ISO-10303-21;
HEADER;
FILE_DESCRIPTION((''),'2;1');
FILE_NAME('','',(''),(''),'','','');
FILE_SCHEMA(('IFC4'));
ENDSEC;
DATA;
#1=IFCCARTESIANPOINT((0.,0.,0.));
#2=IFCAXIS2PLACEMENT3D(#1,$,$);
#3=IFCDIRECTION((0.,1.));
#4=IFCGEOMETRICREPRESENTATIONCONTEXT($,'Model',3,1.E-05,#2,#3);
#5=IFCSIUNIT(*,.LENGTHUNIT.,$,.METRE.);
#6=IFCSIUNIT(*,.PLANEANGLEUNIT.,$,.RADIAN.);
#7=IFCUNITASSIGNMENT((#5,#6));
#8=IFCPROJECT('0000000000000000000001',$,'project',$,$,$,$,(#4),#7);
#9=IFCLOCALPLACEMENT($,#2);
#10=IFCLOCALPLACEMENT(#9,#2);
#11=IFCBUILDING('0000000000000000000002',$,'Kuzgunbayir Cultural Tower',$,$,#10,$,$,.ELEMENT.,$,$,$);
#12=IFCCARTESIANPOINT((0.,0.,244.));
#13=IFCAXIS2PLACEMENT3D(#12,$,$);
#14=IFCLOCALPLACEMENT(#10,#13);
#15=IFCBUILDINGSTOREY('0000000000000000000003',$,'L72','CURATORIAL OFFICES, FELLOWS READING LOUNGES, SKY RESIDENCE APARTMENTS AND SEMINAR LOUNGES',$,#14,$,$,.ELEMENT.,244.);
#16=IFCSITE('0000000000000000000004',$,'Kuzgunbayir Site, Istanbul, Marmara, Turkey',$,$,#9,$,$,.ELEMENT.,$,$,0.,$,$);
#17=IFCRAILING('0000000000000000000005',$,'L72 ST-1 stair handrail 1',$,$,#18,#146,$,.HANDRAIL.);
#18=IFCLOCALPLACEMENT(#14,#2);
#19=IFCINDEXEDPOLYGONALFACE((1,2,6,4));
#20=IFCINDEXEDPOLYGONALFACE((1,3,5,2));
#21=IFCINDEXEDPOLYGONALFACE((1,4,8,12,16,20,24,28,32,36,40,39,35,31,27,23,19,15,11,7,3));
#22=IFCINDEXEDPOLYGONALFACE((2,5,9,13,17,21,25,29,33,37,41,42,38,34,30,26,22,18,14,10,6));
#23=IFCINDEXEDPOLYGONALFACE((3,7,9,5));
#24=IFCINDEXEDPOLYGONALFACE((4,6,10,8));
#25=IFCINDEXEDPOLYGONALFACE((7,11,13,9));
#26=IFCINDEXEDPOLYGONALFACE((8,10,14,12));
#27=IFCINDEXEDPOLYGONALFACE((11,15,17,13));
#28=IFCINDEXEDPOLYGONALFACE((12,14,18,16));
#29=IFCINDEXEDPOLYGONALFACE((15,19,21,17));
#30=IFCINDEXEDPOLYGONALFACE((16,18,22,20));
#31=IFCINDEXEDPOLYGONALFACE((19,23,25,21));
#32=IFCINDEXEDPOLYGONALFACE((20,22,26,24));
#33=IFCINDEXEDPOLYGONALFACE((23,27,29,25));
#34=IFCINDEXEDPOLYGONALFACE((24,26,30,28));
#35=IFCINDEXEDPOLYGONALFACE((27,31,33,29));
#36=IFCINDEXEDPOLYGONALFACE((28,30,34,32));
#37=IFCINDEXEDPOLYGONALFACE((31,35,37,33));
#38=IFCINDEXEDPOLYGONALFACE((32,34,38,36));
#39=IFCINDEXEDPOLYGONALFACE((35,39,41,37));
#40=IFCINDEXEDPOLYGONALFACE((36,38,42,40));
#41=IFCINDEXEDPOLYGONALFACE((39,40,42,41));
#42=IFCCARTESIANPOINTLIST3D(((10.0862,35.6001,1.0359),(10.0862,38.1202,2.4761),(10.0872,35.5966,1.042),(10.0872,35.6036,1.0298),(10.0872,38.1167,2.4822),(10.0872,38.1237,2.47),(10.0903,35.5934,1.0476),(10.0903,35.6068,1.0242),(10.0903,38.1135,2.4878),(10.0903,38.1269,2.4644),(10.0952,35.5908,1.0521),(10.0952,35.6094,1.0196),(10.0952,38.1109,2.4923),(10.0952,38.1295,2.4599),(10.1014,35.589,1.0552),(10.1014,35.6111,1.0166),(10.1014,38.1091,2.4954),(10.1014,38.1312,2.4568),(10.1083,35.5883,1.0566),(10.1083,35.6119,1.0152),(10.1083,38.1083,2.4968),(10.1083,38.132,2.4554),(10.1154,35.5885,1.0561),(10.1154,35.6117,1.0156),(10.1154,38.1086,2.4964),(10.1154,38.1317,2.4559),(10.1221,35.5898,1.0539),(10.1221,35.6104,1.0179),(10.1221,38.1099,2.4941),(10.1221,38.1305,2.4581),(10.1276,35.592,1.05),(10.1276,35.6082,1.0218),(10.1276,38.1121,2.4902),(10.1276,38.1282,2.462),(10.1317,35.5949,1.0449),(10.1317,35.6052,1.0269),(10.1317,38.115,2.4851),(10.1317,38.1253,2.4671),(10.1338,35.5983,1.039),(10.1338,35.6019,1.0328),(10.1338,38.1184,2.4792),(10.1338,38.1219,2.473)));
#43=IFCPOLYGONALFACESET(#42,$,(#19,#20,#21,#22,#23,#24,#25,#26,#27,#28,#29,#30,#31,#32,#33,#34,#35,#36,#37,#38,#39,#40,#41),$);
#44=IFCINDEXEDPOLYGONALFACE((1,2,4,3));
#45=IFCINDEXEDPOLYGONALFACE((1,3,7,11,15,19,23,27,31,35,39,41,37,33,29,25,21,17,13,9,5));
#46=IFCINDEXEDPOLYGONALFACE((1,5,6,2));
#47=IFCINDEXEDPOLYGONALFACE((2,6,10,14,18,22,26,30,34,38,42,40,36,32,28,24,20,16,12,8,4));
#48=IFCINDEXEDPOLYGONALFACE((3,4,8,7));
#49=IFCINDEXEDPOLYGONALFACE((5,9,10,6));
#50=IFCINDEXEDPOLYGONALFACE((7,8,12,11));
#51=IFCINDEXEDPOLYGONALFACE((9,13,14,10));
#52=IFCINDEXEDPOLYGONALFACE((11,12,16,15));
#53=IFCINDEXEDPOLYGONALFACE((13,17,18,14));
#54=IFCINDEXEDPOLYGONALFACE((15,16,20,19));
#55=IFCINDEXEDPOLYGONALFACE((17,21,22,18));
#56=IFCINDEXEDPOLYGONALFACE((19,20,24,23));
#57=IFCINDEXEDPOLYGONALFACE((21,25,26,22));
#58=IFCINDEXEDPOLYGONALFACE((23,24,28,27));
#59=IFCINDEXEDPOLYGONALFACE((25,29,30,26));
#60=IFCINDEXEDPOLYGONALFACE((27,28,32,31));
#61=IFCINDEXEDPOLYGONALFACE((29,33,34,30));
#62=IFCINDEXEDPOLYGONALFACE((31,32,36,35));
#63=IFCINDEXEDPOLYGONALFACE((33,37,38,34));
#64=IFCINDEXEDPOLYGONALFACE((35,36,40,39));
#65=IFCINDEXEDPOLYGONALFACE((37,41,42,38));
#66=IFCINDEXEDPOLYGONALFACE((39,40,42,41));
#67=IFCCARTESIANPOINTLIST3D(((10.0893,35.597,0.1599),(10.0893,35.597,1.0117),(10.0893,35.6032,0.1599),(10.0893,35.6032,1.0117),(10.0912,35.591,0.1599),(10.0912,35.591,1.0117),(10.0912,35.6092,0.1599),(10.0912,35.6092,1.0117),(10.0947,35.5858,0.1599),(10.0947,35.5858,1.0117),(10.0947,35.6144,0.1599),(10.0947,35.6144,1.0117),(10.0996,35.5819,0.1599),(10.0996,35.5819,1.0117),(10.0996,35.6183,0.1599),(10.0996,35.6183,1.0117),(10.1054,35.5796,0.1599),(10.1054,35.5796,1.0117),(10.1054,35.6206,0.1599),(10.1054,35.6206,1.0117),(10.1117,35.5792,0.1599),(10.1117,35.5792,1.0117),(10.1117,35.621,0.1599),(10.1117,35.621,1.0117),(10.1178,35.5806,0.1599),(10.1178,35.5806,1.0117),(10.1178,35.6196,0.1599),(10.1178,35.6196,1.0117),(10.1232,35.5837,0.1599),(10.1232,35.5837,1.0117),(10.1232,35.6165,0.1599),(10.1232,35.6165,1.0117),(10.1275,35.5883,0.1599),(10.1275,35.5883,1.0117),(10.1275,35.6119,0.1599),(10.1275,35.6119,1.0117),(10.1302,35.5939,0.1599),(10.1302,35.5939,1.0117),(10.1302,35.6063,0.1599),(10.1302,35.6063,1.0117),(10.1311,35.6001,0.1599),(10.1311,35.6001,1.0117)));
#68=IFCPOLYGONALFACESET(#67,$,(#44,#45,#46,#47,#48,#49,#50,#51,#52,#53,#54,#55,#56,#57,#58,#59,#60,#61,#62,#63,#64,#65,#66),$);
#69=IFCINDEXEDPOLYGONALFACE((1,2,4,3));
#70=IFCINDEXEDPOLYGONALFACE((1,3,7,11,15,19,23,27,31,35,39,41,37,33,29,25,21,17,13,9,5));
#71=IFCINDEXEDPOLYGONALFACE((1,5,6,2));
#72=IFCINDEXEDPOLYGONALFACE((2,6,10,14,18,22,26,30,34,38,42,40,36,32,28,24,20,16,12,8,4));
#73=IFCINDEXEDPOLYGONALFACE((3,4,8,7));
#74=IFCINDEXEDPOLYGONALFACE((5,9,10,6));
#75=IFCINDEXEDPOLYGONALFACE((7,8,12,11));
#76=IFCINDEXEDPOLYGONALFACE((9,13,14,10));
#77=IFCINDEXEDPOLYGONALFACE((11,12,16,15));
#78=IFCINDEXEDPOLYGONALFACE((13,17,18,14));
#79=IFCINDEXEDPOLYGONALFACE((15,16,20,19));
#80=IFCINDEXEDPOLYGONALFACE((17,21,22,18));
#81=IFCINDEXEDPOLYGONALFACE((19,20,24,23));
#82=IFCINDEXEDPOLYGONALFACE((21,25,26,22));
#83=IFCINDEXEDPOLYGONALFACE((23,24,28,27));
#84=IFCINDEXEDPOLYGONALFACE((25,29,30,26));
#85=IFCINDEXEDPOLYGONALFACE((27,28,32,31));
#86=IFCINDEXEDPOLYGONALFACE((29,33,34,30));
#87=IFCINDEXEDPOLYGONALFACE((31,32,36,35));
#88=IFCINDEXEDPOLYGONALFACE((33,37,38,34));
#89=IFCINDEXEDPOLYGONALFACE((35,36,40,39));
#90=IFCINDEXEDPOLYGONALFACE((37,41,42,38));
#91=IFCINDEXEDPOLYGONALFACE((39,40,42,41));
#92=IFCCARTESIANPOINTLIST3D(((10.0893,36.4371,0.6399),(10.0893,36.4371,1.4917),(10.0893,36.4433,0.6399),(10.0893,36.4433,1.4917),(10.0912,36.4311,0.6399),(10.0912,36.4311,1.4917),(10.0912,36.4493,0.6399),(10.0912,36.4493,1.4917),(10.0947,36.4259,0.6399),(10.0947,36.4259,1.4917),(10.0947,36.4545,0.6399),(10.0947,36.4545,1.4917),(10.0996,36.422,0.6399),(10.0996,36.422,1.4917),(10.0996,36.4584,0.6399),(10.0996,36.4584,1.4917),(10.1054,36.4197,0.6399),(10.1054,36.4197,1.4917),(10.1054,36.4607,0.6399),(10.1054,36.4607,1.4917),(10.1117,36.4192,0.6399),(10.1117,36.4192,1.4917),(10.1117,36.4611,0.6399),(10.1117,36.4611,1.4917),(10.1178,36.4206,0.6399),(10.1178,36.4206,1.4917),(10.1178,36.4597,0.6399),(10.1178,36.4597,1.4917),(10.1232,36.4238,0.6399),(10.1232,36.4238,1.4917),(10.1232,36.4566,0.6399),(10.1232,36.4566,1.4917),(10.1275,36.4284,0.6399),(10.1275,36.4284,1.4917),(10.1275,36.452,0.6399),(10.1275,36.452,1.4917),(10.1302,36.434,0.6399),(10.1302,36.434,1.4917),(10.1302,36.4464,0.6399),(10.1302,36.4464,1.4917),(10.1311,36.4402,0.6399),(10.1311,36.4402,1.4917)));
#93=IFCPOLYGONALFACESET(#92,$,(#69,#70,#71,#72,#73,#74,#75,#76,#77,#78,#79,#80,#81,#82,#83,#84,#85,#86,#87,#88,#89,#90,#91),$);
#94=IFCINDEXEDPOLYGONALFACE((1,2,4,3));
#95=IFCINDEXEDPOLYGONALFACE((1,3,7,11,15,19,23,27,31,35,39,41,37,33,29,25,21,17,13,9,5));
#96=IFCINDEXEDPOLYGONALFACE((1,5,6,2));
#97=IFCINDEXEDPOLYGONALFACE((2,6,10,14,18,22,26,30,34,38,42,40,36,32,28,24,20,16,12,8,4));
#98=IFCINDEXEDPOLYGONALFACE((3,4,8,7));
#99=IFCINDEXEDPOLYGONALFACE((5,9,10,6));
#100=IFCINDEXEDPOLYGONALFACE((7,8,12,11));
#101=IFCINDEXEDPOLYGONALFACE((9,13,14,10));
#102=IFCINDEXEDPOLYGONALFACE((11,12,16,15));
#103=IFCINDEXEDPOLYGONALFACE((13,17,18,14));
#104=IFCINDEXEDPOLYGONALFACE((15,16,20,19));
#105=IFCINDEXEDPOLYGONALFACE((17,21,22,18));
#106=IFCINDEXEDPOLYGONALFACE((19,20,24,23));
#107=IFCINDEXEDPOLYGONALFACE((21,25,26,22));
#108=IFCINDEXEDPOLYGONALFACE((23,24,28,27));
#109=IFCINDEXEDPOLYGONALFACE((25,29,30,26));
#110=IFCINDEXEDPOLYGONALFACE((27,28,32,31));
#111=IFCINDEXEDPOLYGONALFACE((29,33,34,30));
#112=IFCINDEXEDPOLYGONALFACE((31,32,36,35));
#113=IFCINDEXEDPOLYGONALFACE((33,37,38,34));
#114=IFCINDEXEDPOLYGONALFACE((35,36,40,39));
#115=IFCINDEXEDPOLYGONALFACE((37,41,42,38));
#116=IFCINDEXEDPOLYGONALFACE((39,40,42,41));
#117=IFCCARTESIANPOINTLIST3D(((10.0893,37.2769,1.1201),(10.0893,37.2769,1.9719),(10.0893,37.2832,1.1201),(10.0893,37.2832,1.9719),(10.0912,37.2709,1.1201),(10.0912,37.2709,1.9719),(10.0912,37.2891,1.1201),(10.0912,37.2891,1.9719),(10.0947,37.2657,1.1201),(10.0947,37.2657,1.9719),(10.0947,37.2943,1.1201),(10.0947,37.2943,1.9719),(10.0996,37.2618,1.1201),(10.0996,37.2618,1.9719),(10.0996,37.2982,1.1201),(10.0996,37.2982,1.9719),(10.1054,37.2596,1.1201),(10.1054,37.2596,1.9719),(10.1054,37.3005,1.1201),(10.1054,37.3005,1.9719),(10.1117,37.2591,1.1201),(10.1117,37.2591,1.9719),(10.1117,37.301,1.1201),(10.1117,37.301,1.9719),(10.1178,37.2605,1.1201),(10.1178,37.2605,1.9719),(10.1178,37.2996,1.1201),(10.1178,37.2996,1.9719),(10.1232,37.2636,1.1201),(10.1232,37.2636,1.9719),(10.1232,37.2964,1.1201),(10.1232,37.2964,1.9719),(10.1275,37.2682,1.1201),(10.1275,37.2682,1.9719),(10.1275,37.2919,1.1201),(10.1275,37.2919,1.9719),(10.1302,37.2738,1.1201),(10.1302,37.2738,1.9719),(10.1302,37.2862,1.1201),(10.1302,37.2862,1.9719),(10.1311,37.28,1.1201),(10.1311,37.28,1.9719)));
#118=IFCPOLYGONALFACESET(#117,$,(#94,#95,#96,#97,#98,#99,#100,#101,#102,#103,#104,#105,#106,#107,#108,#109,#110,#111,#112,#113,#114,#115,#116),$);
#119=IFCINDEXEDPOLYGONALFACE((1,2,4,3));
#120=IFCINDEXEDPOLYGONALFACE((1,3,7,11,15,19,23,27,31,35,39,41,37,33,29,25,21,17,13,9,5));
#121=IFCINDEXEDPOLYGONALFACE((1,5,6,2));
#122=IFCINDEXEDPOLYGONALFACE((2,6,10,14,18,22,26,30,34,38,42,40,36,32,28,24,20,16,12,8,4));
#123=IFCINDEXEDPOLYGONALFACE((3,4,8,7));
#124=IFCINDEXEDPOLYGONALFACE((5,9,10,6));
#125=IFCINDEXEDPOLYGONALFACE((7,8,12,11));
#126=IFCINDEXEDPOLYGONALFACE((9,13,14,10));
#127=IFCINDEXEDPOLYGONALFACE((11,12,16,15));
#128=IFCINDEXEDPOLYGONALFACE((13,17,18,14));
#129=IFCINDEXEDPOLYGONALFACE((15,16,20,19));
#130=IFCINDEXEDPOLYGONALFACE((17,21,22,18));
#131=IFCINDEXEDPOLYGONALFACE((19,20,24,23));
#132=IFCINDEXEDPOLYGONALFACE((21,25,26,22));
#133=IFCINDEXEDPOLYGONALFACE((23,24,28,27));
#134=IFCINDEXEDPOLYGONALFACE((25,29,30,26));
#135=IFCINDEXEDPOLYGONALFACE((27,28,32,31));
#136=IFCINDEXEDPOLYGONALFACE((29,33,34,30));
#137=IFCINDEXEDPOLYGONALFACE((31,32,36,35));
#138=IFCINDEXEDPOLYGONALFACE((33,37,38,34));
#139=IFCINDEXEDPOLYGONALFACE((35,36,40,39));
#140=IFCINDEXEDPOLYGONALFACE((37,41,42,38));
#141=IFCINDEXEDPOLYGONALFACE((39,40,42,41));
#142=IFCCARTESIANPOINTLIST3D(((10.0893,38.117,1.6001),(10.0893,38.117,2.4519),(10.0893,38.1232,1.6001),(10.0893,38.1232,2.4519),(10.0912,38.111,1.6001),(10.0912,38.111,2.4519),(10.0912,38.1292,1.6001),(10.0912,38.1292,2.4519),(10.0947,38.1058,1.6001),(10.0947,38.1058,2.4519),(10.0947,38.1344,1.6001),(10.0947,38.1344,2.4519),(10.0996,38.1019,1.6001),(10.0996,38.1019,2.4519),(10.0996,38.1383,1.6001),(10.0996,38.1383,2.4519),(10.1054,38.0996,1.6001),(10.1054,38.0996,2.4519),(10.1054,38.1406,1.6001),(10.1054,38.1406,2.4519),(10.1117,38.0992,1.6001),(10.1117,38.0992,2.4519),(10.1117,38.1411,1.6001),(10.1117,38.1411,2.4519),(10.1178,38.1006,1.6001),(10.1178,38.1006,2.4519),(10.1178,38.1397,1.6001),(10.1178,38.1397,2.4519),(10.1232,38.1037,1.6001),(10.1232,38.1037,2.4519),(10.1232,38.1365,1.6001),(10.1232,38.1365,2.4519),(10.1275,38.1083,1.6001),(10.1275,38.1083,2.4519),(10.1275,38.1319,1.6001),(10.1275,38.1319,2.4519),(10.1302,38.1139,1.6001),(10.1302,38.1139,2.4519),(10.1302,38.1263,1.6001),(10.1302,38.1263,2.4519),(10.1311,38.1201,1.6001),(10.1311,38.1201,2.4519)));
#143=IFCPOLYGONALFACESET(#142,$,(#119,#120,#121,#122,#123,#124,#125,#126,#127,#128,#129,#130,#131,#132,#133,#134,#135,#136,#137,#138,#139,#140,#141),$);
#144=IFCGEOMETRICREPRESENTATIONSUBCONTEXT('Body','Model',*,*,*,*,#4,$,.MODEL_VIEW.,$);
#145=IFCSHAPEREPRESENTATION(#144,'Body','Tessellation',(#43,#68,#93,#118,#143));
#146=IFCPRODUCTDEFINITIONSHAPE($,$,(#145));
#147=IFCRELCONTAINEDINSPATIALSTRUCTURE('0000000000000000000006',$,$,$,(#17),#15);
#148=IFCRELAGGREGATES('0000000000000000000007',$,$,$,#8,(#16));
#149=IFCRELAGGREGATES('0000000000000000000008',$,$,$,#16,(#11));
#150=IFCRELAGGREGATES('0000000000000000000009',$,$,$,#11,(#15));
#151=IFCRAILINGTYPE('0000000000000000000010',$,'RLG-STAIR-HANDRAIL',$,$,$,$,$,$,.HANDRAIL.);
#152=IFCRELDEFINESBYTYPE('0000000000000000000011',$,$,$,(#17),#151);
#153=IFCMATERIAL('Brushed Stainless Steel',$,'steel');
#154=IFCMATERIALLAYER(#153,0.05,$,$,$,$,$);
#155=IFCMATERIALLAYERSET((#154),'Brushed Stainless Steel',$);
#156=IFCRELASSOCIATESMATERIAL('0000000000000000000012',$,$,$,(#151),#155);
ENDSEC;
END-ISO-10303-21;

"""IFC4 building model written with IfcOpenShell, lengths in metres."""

from ifc_helpers import new_model, si_unit, direction, frame, origin, origin_2d, place, context, subcontext, project, spatial, circle, extrude, material, layer, layer_set, type_object, element, save


model = new_model("IFC4")

# Units and contexts
model_context = context("Model", 3, precision=1e-05, world=origin(), true_north=direction((0.0, 1.0)))
body_context = subcontext(model_context, "Body", "Model", "MODEL_VIEW")
ifc_project = project(units=[si_unit("LENGTHUNIT", "METRE"), si_unit("PLANEANGLEUNIT", "RADIAN")], contexts=[model_context])

# Site, building, storey
site_placement = place(None, origin())
site = spatial("IfcSite", under=ifc_project, at=site_placement, Name="Kuzgunbayir Site, Istanbul, Marmara, Turkey", CompositionType="ELEMENT", RefElevation=0.0)
building_placement = place(site_placement, origin())
building = spatial("IfcBuilding", under=site, at=building_placement, Name="Kuzgunbayir Cultural Tower", CompositionType="ELEMENT")
storey_placement = place(building_placement, frame((0.0, 0.0, 244.0)))
storey = spatial("IfcBuildingStorey", under=building, at=storey_placement, Name="L72", Description="CURATORIAL OFFICES, FELLOWS READING LOUNGES, SKY RESIDENCE APARTMENTS AND SEMINAR LOUNGES", CompositionType="ELEMENT", Elevation=244.0)

# Shared definitions
ifc_material_1 = material(Name="Brushed Stainless Steel", Category="steel")

# Railing
ifc_layer_1 = layer(ifc_material_1, 0.05)
ifc_layer_set_1 = layer_set([ifc_layer_1], Name="Brushed Stainless Steel")
railing_type_1 = type_object("IfcRailingType", Name="RLG-STAIR-HANDRAIL", PredefinedType="HANDRAIL", material=ifc_layer_set_1)
railing_1_placement = place(storey_placement, frame((10.1101, 35.6001, 0.1599)))
element("IfcRailing", 1, at=railing_1_placement, inside=storey, type_object=railing_type_1, Name="L72 ST-1 stair handrail 1", PredefinedType="HANDRAIL", context=body_context, shape_type="SweptSolid", body=[
    extrude(circle(Radius=0.0239, at=origin_2d()), frame((0.0, 0.0, 0.876), z_axis=(0.0, 0.868217, 0.496184), x_axis=(-1.0, 0.0, 0.0)), (0.0, 0.0, 1.0), 2.9026),
    extrude(circle(Radius=0.021, at=origin_2d()), origin(), (0.0, 0.0, 1.0), 0.8518),
    extrude(circle(Radius=0.021, at=origin_2d()), frame((0.0, 0.8401, 0.48)), (0.0, 0.0, 1.0), 0.8518),
    extrude(circle(Radius=0.021, at=origin_2d()), frame((0.0, 1.6799, 0.9602)), (0.0, 0.0, 1.0), 0.8518),
    extrude(circle(Radius=0.021, at=origin_2d()), frame((0.0, 2.52, 1.4402)), (0.0, 0.0, 1.0), 0.8518),
])

save(model, "model.ifc")
